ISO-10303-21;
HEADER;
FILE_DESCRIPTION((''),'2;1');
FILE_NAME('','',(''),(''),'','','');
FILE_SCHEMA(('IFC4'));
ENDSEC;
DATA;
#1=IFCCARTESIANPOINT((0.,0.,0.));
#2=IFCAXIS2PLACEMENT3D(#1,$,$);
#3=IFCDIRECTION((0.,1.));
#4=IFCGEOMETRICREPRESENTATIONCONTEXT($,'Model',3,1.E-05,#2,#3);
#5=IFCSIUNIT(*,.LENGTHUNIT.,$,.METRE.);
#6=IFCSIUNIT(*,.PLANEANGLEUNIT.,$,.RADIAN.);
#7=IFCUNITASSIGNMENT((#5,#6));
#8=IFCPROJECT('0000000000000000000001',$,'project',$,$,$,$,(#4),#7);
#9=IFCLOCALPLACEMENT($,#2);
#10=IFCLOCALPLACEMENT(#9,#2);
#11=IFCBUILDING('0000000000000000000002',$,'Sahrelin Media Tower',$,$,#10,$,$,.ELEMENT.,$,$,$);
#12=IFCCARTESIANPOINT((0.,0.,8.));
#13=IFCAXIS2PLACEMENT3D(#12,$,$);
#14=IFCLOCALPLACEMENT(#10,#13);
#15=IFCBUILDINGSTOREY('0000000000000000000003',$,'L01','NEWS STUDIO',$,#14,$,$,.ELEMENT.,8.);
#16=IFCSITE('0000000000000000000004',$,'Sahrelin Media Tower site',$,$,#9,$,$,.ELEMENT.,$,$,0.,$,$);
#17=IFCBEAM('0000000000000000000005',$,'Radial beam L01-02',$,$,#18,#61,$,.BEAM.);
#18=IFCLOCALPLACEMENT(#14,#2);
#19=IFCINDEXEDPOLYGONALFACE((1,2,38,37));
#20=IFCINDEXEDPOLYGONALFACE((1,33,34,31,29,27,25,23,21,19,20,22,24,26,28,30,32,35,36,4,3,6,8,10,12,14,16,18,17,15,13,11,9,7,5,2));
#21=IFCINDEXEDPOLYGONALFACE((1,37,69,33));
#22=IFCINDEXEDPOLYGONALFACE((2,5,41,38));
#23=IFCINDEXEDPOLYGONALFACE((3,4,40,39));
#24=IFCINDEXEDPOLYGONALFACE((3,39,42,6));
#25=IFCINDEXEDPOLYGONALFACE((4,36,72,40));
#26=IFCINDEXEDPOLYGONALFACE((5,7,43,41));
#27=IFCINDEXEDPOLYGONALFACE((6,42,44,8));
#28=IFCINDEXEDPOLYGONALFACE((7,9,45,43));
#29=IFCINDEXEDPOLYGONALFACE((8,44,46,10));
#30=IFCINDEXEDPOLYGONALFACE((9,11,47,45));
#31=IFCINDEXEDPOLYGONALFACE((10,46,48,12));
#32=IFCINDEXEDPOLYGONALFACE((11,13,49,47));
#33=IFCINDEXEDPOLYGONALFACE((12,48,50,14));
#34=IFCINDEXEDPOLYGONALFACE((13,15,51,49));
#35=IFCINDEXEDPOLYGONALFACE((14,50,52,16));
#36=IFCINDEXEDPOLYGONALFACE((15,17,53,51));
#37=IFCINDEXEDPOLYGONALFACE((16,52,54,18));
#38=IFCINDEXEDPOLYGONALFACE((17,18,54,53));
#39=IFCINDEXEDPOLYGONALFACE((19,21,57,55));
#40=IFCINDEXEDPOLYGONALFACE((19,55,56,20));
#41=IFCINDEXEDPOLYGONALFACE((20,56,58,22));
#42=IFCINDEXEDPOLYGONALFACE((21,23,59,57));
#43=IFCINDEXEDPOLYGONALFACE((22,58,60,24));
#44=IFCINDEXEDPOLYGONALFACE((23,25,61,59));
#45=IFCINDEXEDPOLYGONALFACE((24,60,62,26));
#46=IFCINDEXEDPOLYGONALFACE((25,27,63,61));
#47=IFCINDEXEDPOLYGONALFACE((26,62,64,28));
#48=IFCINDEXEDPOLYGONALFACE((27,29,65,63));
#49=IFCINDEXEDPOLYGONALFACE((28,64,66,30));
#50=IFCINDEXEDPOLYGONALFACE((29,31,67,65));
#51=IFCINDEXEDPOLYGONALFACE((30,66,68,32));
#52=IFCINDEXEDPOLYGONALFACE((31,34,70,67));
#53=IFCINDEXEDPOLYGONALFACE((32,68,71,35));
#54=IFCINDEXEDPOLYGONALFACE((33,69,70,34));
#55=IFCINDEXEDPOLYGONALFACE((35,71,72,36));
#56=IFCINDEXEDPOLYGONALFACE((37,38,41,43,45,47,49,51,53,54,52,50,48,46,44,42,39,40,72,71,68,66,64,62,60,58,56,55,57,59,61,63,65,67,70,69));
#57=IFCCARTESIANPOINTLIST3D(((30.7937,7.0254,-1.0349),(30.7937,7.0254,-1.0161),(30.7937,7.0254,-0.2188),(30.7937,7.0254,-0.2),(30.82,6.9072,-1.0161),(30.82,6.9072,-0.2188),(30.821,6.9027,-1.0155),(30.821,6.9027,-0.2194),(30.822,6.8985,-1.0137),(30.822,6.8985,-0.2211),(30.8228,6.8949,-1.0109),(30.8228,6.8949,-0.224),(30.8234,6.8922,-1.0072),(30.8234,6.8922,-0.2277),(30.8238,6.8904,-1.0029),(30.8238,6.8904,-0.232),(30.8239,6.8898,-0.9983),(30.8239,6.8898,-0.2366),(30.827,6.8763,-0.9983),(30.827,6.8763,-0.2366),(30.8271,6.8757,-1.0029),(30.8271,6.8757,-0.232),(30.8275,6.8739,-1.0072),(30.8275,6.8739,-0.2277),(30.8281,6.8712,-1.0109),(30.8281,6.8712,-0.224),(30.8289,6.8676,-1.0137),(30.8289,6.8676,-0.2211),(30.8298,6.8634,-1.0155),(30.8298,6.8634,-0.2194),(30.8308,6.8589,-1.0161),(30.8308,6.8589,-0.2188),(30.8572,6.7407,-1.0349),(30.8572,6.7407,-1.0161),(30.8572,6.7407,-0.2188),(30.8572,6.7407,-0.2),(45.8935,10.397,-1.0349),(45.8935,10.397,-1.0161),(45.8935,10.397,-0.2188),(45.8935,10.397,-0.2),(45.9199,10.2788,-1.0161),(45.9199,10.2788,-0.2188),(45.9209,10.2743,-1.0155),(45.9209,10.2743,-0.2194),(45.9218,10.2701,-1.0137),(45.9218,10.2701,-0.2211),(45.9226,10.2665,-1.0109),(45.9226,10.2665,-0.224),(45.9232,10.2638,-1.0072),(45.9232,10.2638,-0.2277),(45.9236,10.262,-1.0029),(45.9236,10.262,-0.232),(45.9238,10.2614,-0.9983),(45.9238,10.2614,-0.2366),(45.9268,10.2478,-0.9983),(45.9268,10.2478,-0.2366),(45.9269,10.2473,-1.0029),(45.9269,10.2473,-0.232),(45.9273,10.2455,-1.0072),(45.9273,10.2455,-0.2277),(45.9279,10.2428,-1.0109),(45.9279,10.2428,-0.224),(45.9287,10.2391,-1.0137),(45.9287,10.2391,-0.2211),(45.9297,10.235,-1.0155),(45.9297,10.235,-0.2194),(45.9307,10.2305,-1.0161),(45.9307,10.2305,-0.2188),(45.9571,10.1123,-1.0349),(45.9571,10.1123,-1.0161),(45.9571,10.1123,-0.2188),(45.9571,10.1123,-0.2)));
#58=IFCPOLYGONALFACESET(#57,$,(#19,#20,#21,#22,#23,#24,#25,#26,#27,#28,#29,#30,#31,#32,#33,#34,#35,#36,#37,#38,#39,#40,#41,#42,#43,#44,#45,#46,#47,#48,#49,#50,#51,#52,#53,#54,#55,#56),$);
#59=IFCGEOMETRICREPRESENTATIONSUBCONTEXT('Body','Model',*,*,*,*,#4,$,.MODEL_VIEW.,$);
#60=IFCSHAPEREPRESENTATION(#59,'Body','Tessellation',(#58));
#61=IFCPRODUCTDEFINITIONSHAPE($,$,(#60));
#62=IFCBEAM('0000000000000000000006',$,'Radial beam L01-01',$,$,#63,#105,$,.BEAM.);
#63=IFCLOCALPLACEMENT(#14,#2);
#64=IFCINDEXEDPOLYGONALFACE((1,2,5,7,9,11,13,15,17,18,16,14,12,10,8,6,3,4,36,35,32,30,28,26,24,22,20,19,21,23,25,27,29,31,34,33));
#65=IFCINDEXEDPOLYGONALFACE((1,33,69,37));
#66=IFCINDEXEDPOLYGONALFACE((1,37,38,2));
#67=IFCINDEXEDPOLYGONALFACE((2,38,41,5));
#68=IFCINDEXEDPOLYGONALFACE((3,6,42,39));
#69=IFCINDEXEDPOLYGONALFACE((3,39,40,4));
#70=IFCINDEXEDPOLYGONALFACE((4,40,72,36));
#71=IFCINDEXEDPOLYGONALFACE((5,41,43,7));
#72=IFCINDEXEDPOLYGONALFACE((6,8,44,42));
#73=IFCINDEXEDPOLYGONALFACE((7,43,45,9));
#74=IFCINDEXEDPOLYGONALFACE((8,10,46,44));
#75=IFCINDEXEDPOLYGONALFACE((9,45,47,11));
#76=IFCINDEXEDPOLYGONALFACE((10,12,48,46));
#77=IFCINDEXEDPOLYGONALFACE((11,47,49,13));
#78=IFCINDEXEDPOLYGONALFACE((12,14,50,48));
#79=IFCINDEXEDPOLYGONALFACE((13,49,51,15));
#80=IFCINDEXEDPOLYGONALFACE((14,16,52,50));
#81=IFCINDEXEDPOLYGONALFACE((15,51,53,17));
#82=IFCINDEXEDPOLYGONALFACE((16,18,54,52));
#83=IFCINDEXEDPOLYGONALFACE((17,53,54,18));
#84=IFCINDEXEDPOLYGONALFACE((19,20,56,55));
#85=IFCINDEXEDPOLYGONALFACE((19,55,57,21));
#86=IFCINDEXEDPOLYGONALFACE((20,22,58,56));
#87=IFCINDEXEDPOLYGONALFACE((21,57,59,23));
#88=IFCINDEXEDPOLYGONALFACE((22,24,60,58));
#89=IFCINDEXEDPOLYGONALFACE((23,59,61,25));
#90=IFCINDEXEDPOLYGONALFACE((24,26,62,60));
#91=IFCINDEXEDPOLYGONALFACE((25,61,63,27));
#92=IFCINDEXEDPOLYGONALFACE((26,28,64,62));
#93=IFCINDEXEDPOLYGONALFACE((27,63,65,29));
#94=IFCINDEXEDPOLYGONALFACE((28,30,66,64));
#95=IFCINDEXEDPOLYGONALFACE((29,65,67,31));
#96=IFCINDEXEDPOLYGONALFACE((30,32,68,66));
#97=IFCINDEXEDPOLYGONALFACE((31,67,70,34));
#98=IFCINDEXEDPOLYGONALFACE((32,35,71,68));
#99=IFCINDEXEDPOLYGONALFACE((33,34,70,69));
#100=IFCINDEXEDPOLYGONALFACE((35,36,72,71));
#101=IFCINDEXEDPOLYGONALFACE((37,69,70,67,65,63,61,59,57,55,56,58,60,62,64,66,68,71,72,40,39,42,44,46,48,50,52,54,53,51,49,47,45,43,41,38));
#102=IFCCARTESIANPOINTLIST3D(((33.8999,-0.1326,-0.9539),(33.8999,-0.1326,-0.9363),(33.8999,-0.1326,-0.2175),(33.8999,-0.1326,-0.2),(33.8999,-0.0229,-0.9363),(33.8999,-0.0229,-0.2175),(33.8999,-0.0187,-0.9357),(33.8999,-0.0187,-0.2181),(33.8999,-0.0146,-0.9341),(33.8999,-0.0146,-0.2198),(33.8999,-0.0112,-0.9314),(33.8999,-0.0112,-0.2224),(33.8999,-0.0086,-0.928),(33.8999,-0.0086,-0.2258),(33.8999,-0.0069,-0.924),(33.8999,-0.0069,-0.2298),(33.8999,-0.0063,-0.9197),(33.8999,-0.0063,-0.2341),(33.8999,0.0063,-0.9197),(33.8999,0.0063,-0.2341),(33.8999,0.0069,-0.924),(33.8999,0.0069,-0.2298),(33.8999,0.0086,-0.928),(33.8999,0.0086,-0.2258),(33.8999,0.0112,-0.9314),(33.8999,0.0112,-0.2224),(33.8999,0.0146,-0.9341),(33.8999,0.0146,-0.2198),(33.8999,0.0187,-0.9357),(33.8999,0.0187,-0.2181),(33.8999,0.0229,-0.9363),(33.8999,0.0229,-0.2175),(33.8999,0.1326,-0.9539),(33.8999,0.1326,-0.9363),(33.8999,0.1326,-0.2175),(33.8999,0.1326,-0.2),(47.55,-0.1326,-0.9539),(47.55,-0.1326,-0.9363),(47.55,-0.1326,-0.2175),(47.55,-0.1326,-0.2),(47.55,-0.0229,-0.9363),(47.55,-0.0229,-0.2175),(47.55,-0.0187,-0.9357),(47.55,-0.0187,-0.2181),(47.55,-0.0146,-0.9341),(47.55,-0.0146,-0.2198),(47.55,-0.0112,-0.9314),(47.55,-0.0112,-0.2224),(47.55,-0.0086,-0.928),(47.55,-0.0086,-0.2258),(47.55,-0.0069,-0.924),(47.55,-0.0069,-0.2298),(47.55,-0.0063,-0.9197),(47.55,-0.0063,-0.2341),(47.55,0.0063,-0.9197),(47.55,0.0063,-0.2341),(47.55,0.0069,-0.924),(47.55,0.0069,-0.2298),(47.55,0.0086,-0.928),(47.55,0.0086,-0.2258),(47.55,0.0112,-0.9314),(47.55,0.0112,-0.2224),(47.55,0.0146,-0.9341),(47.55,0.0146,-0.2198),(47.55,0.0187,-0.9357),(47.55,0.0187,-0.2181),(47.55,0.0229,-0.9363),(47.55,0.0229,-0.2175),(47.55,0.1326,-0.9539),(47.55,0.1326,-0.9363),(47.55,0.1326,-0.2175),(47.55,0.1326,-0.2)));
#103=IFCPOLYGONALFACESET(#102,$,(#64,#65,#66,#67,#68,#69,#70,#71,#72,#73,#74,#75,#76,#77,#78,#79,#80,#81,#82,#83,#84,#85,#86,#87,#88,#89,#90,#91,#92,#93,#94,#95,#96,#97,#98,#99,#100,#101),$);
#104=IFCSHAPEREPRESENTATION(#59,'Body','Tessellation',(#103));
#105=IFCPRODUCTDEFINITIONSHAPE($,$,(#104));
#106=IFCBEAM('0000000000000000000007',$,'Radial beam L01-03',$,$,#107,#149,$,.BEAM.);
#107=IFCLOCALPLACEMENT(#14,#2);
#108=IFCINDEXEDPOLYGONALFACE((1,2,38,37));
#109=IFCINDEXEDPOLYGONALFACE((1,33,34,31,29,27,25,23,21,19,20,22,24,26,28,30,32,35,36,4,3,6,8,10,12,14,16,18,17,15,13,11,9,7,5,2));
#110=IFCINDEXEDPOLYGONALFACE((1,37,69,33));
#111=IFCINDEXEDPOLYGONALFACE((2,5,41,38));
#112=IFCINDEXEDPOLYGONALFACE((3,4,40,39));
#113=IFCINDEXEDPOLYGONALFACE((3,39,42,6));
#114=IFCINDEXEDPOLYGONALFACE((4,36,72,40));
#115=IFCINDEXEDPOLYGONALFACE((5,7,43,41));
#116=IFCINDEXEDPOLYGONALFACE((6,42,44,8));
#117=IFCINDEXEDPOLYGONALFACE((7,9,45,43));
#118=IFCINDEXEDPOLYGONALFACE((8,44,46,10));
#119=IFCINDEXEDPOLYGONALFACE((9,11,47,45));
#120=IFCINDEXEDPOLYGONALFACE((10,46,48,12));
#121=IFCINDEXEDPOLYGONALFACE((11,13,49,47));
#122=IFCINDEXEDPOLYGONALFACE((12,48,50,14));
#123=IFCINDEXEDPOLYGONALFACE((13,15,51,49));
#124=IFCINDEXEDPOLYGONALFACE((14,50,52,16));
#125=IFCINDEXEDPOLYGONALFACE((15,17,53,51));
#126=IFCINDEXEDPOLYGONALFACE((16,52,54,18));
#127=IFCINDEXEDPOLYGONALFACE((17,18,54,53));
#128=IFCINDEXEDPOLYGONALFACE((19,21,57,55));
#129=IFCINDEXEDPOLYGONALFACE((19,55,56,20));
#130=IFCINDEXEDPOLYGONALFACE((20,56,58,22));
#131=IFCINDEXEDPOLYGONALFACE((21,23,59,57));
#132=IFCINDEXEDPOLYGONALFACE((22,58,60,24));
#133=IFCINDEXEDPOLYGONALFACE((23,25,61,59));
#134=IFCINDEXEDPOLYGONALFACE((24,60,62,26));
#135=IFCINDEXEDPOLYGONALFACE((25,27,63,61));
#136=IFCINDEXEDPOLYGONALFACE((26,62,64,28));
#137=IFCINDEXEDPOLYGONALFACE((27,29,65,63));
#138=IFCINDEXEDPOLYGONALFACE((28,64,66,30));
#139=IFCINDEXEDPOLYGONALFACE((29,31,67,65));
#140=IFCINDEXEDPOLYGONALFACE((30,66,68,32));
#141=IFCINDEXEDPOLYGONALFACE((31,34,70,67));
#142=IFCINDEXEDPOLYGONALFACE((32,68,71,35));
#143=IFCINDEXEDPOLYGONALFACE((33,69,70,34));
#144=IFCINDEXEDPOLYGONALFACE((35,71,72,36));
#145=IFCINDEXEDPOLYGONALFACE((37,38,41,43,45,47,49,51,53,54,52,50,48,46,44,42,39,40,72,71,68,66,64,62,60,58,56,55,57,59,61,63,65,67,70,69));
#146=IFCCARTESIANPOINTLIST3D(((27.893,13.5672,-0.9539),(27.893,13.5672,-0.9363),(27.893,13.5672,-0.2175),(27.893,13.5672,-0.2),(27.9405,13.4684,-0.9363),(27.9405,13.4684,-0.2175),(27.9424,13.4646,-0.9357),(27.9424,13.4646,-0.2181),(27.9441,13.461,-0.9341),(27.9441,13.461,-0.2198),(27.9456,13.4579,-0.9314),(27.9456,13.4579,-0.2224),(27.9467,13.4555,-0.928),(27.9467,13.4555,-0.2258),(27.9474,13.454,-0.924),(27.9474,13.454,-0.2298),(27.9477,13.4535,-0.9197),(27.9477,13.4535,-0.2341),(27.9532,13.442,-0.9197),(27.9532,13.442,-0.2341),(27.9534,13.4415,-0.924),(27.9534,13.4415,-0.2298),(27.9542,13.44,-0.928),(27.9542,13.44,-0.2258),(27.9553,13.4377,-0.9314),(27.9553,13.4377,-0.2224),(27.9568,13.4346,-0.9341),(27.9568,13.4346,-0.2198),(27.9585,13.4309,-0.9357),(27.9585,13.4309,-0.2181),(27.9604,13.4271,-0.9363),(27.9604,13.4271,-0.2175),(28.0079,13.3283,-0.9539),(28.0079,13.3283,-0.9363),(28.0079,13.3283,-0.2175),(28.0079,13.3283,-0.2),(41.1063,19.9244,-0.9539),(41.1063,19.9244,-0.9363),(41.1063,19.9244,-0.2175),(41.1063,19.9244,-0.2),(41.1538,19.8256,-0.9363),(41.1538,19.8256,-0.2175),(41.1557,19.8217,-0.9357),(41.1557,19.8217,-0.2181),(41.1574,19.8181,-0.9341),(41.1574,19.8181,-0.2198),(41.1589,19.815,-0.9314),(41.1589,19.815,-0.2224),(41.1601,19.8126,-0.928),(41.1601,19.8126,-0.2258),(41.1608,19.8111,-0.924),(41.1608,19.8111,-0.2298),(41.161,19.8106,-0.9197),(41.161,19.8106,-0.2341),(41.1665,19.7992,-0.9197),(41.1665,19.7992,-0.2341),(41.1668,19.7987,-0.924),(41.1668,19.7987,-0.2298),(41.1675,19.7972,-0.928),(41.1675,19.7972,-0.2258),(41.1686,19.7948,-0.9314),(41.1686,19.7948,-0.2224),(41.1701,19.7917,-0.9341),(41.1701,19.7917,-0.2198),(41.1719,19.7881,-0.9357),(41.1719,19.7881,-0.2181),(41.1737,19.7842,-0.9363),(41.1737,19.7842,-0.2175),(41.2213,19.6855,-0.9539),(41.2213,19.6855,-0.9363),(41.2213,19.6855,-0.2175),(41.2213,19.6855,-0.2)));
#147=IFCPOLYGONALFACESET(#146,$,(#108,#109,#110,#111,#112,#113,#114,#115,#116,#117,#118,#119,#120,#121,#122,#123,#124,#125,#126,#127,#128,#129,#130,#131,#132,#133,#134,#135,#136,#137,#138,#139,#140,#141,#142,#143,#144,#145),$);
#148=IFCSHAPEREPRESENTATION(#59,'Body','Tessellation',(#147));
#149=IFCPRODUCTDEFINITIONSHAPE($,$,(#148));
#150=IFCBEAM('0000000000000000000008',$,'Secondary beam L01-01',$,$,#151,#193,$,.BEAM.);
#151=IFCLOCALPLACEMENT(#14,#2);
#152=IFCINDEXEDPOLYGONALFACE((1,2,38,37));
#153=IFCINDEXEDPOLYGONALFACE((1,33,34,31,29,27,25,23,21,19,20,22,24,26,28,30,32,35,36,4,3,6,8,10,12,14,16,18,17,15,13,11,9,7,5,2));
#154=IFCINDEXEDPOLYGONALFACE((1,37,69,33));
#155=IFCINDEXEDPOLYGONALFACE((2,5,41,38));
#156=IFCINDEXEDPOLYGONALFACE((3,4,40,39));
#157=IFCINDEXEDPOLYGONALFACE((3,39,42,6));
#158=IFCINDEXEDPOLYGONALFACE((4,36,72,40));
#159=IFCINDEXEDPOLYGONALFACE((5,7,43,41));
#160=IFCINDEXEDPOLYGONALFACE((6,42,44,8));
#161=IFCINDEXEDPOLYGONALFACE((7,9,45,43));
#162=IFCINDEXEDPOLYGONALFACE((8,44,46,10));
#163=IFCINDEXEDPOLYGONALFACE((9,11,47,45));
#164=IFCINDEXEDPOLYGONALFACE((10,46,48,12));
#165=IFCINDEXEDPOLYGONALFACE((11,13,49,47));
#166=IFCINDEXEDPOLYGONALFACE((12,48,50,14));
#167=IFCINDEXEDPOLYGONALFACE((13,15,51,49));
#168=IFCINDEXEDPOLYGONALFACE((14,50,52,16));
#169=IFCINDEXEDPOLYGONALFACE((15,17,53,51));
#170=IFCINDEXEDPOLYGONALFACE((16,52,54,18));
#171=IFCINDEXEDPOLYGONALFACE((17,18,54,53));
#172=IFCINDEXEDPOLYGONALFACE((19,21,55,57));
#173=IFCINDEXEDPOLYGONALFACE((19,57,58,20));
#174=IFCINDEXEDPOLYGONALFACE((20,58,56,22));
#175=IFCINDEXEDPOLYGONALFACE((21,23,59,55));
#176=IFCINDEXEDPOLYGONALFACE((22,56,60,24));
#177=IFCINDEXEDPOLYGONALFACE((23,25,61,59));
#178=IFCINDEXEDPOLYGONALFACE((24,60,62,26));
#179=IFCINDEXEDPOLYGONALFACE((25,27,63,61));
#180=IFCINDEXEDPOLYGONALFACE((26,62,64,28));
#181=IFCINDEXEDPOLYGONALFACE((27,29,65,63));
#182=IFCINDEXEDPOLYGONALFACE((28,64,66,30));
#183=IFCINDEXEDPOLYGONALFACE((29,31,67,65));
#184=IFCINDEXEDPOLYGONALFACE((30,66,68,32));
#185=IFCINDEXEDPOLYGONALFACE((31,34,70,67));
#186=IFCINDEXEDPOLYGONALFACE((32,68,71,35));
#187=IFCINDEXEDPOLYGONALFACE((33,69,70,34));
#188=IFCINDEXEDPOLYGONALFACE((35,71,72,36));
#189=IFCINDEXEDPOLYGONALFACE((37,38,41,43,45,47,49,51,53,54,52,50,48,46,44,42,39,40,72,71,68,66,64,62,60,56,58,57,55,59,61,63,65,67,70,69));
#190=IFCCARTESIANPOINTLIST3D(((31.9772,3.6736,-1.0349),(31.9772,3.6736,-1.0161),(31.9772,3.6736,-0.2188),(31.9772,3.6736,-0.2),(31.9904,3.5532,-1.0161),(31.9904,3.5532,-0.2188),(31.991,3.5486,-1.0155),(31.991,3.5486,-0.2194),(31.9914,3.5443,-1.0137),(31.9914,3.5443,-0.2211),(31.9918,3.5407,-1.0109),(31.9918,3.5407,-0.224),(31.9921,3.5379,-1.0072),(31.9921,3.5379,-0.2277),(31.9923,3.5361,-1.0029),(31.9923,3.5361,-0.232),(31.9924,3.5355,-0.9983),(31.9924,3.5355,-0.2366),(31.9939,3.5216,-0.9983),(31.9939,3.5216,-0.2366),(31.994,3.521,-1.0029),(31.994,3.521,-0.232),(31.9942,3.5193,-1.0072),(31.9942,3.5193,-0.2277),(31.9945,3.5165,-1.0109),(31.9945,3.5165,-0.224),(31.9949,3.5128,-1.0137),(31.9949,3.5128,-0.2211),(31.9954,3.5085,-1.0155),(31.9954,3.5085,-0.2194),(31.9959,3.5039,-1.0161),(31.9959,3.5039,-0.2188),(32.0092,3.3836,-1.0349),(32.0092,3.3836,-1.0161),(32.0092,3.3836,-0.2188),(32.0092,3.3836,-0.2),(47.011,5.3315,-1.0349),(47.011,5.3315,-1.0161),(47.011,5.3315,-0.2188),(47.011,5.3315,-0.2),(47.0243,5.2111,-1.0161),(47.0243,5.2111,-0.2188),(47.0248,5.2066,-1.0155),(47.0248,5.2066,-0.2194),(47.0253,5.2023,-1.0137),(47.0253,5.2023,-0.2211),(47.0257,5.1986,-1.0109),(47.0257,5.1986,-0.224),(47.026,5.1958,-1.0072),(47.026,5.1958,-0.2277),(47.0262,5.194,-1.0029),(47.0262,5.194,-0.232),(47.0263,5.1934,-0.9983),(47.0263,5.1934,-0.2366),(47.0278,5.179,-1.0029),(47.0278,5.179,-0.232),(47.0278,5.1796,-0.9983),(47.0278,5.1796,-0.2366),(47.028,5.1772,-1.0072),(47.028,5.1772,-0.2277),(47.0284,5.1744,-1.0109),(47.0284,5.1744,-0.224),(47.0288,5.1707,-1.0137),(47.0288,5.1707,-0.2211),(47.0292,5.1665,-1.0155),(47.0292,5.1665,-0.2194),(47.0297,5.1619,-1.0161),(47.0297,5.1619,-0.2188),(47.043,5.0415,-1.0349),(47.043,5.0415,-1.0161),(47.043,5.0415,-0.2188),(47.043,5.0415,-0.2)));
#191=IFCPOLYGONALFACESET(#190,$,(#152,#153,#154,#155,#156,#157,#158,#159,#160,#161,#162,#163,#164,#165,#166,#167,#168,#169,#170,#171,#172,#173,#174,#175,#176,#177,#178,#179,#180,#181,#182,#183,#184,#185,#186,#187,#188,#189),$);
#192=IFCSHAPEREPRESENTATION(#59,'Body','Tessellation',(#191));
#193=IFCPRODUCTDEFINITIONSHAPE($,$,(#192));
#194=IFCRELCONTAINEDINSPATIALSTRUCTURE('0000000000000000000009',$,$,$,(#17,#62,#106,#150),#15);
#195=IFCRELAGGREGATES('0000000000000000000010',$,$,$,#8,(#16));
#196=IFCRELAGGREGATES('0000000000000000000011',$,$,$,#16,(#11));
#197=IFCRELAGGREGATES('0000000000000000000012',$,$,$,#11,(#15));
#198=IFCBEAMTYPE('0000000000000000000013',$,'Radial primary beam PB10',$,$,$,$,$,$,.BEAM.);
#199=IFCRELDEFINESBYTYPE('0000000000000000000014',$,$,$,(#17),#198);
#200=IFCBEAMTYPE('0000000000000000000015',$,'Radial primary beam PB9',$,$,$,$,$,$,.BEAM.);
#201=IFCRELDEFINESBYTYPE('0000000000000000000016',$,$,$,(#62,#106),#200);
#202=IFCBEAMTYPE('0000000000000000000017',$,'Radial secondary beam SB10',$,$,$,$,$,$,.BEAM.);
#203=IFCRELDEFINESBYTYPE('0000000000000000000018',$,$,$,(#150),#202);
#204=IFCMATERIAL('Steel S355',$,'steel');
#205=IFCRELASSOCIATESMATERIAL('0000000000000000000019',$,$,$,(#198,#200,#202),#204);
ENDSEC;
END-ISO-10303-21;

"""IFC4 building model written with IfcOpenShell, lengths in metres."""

from ifc_helpers import new_model, si_unit, direction, frame, origin, origin_2d, place, context, subcontext, project, spatial, i_section, extrude, material, material_profile, profile_set, type_object, element, save


model = new_model("IFC4")

# Units and contexts
model_context = context("Model", 3, precision=1e-05, world=origin(), true_north=direction((0.0, 1.0)))
body_context = subcontext(model_context, "Body", "Model", "MODEL_VIEW")
ifc_project = project(units=[si_unit("LENGTHUNIT", "METRE"), si_unit("PLANEANGLEUNIT", "RADIAN")], contexts=[model_context])

# Site, building, storey
site_placement = place(None, origin())
site = spatial("IfcSite", under=ifc_project, at=site_placement, Name="Sahrelin Media Tower site", CompositionType="ELEMENT", RefElevation=0.0)
building_placement = place(site_placement, origin())
building = spatial("IfcBuilding", under=site, at=building_placement, Name="Sahrelin Media Tower", CompositionType="ELEMENT")
storey_placement = place(building_placement, frame((0.0, 0.0, 8.0)))
storey = spatial("IfcBuildingStorey", under=building, at=storey_placement, Name="L01", Description="NEWS STUDIO", CompositionType="ELEMENT", Elevation=8.0)

# Beams
ifc_material_1 = material(Name="Steel S355", Category="steel")
ifc_material_profile_1 = material_profile(ifc_material_1, i_section(OverallWidth=0.2917, OverallDepth=0.835, WebThickness=0.0139, FlangeThickness=0.0188, FilletRadius=0.0178, at=origin_2d()), Name="UB 838x292x176")
ifc_profile_set_1 = profile_set([ifc_material_profile_1], Name="Steel S355")
beam_type_1 = type_object("IfcBeamType", Name="Radial primary beam PB10", PredefinedType="BEAM", material=ifc_profile_set_1)
beam_1_placement = place(storey_placement, frame((30.8254, 6.8831, -0.6174), z_axis=(0.975967, 0.217919, 0.0), x_axis=(-0.217919, 0.975967, 0.0)))
element("IfcBeam", 1, at=beam_1_placement, inside=storey, type_object=beam_type_1, Name="Radial beam L01-02", PredefinedType="BEAM", context=body_context, shape_type="SweptSolid", body=[
    extrude(i_section(OverallWidth=0.2917, OverallDepth=0.835, WebThickness=0.0139, FlangeThickness=0.0188, FilletRadius=0.0178, at=origin_2d()), origin(), (0.0, 0.0, 1.0), 15.4717),
])
ifc_material_profile_2 = material_profile(ifc_material_1, i_section(OverallWidth=0.2651, OverallDepth=0.7539, WebThickness=0.0127, FlangeThickness=0.0176, FilletRadius=0.0166, at=origin_2d()), Name="UB 762x267x147")
ifc_profile_set_2 = profile_set([ifc_material_profile_2], Name="Steel S355")
beam_type_2 = type_object("IfcBeamType", Name="Radial primary beam PB9", PredefinedType="BEAM", material=ifc_profile_set_2)
beam_2_placement = place(storey_placement, frame((33.8999, 0.0, -0.5769), z_axis=(1.0, 0.0, 0.0), x_axis=(0.0, 1.0, 0.0)))
element("IfcBeam", 2, at=beam_2_placement, inside=storey, type_object=beam_type_2, Name="Radial beam L01-01", PredefinedType="BEAM", context=body_context, shape_type="SweptSolid", body=[
    extrude(i_section(OverallWidth=0.2651, OverallDepth=0.7539, WebThickness=0.0127, FlangeThickness=0.0176, FilletRadius=0.0166, at=origin_2d()), origin(), (0.0, 0.0, 1.0), 13.6501),
])
beam_3_placement = place(storey_placement, frame((27.9504, 13.4478, -0.5769), z_axis=(0.90113, 0.433549, 0.0), x_axis=(-0.433549, 0.90113, 0.0)))
element("IfcBeam", 3, at=beam_3_placement, inside=storey, type_object=beam_type_2, Name="Radial beam L01-03", PredefinedType="BEAM", context=body_context, shape_type="SweptSolid", body=[
    extrude(i_section(OverallWidth=0.2651, OverallDepth=0.7539, WebThickness=0.0127, FlangeThickness=0.0176, FilletRadius=0.0166, at=origin_2d()), origin(), (0.0, 0.0, 1.0), 14.6631),
])
ifc_material_profile_3 = material_profile(ifc_material_1, i_section(OverallWidth=0.2917, OverallDepth=0.835, WebThickness=0.0139, FlangeThickness=0.0188, FilletRadius=0.0178, at=origin_2d()), Name="UB 838x292x176")
ifc_profile_set_3 = profile_set([ifc_material_profile_3], Name="Steel S355")
beam_type_3 = type_object("IfcBeamType", Name="Radial secondary beam SB10", PredefinedType="BEAM", material=ifc_profile_set_3)
beam_4_placement = place(storey_placement, frame((31.9932, 3.5286, -0.6174), z_axis=(0.993974, 0.109617, 0.0), x_axis=(-0.109617, 0.993974, 0.0)))
element("IfcBeam", 4, at=beam_4_placement, inside=storey, type_object=beam_type_3, Name="Secondary beam L01-01", PredefinedType="BEAM", context=body_context, shape_type="SweptSolid", body=[
    extrude(i_section(OverallWidth=0.2917, OverallDepth=0.835, WebThickness=0.0139, FlangeThickness=0.0188, FilletRadius=0.0178, at=origin_2d()), origin(), (0.0, 0.0, 1.0), 15.125),
])

save(model, "model.ifc")
